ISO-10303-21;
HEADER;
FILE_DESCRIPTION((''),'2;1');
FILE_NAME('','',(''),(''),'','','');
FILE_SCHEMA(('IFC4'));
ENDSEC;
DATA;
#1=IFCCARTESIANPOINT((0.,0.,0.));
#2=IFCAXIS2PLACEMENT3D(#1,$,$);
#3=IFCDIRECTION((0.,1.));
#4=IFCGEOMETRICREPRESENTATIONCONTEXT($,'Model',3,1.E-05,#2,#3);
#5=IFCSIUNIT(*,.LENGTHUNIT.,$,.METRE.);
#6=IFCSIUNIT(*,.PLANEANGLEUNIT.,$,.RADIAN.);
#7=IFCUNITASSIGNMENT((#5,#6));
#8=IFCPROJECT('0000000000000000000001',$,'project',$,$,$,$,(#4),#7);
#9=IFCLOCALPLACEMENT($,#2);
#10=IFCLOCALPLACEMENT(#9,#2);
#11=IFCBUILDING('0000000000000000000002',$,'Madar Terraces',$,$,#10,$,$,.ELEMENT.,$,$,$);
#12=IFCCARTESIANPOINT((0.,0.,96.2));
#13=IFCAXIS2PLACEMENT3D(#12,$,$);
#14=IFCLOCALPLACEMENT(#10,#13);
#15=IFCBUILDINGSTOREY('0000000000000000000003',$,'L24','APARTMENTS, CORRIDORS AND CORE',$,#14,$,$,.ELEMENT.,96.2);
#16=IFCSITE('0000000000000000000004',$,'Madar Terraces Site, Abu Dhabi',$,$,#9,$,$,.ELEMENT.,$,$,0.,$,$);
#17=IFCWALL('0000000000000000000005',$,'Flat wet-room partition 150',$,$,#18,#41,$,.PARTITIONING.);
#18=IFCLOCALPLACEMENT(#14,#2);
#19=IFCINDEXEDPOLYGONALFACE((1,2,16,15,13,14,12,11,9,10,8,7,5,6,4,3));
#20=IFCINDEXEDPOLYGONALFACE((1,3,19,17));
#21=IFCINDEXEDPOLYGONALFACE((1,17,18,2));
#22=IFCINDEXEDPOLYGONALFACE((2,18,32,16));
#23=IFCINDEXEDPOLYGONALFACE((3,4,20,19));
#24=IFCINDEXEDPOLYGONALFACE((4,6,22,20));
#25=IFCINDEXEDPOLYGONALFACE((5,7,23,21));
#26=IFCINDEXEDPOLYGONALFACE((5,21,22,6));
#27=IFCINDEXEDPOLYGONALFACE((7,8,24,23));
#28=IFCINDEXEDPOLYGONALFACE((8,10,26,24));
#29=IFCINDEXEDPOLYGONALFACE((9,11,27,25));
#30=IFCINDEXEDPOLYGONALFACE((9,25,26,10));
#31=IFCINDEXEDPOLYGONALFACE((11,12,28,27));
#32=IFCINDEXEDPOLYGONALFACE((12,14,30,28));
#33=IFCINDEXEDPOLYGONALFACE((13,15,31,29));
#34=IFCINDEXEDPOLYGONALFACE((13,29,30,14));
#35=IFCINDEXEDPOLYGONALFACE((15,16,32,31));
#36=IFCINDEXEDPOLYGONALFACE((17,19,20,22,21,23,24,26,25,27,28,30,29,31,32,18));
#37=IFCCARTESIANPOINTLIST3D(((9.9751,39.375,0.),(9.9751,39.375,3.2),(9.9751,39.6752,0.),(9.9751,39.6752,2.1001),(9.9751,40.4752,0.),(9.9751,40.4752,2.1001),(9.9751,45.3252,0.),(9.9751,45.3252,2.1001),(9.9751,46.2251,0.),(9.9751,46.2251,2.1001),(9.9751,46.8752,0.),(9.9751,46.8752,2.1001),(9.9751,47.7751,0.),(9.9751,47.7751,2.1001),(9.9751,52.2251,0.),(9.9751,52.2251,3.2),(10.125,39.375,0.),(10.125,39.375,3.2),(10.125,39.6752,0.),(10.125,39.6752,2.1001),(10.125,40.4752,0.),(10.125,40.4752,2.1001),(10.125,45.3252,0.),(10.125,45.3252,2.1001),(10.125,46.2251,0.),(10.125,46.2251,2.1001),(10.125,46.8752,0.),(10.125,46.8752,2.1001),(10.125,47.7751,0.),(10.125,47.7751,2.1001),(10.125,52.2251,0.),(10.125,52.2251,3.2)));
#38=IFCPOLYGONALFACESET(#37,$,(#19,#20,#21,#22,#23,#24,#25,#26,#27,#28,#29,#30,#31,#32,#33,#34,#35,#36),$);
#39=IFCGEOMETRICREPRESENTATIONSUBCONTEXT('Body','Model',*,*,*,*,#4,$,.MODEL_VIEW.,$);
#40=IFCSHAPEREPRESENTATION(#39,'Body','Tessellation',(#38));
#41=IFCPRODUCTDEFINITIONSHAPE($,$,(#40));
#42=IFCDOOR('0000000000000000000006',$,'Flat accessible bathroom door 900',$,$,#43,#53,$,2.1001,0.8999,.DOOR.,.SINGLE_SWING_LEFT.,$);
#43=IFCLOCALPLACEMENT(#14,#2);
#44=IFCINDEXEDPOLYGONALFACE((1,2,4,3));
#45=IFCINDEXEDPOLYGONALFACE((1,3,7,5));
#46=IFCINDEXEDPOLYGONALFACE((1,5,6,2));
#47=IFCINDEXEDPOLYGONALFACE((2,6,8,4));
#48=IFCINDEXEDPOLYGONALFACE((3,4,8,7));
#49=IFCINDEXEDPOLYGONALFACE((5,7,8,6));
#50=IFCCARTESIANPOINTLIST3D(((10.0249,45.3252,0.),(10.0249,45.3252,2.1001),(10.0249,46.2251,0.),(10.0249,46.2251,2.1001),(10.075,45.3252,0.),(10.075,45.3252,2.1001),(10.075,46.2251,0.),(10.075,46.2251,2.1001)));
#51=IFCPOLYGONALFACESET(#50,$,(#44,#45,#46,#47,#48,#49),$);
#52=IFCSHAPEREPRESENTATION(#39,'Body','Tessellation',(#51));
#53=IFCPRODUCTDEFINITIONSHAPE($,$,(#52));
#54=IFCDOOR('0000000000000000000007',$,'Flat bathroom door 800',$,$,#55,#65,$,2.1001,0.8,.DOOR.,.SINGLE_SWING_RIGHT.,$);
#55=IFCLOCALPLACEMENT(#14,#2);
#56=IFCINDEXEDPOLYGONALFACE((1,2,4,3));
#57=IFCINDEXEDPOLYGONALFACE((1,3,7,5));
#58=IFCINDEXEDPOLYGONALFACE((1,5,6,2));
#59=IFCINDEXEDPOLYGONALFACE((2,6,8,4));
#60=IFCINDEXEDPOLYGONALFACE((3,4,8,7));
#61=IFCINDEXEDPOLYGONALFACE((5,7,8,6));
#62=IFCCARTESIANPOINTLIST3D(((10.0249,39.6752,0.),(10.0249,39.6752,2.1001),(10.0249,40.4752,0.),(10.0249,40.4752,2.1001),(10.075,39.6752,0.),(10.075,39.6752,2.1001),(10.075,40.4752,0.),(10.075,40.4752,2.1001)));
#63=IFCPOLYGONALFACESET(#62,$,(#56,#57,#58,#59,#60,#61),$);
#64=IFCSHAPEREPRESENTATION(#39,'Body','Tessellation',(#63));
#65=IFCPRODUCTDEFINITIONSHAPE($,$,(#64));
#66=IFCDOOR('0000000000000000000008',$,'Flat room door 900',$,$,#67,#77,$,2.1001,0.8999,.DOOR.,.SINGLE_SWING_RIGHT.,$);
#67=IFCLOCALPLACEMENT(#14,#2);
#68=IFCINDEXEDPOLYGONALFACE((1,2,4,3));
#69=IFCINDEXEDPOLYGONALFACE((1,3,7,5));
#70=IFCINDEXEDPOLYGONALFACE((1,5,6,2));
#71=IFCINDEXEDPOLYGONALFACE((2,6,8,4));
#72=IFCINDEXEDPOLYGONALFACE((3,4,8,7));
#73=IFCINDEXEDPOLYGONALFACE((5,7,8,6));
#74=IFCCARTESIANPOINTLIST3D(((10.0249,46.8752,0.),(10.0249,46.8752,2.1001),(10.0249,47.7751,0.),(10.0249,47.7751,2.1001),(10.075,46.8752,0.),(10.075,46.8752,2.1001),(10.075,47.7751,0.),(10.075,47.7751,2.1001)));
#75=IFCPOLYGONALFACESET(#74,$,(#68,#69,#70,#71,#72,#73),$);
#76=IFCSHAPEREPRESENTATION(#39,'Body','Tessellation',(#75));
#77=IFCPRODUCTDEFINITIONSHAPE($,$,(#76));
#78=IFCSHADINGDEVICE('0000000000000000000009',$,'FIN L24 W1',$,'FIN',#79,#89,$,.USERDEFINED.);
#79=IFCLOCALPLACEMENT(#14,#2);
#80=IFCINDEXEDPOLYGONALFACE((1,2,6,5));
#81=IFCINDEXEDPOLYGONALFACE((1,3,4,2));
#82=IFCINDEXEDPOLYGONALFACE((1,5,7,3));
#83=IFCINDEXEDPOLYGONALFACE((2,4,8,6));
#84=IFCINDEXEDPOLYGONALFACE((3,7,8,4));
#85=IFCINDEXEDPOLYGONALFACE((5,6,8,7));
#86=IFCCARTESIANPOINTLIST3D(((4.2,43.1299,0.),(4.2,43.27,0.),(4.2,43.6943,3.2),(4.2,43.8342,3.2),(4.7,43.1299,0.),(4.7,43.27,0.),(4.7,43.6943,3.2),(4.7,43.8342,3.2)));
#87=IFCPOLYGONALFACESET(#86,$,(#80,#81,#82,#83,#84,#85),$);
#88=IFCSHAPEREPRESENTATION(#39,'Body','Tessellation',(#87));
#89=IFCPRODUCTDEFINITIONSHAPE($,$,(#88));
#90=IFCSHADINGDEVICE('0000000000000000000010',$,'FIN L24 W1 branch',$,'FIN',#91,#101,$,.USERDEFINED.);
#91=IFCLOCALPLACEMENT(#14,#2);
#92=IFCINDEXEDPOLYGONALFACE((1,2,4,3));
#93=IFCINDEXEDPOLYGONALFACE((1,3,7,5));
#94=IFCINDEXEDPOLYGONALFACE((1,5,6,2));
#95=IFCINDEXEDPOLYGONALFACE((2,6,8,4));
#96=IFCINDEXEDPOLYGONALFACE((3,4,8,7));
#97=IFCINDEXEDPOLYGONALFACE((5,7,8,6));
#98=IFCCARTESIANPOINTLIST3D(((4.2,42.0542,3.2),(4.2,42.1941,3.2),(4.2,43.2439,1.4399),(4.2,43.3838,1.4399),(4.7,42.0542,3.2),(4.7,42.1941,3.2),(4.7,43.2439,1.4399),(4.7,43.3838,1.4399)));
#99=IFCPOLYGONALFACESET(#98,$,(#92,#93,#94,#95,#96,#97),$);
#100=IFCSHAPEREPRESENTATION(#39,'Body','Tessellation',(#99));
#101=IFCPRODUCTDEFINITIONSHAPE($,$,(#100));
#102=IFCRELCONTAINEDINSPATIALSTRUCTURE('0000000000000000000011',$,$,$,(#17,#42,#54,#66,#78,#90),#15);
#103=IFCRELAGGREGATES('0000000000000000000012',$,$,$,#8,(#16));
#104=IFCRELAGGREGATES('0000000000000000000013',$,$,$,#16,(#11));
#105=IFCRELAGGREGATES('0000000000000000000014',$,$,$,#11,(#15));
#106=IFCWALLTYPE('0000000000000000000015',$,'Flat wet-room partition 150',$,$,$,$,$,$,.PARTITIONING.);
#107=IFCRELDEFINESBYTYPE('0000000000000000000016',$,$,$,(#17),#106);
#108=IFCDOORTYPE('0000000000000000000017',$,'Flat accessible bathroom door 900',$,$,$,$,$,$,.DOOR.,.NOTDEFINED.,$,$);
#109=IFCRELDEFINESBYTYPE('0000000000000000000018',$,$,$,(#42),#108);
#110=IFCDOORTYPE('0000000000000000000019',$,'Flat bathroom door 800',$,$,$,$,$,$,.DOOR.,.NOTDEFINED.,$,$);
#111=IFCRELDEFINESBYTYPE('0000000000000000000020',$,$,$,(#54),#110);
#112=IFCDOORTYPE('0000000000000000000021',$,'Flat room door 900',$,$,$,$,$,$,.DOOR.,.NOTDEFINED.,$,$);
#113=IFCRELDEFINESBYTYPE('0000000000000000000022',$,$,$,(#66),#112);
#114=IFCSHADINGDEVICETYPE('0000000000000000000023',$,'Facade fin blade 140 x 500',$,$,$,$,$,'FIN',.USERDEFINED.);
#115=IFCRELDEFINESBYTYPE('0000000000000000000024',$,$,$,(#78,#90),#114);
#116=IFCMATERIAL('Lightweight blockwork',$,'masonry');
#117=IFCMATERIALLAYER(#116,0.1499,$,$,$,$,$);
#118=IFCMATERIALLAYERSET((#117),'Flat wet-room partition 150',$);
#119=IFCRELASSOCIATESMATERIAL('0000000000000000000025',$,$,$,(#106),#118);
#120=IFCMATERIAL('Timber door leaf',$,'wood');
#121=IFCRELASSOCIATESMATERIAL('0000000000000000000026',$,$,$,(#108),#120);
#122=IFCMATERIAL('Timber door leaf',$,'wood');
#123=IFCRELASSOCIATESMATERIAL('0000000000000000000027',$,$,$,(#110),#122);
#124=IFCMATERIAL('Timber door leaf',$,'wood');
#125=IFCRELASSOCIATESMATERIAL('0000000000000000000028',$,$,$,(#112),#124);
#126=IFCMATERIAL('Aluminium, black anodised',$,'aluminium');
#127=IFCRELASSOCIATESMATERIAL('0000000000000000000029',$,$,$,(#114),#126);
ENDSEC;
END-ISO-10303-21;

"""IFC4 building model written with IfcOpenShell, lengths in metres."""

from ifc_helpers import new_model, si_unit, direction, frame, frame_2d, origin, place, context, subcontext, project, spatial, polyline, rectangle, outline, extrude, material, layer, layer_set, type_object, element, fill, save


model = new_model("IFC4")

# Units and contexts
model_context = context("Model", 3, precision=1e-05, world=origin(), true_north=direction((0.0, 1.0)))
body_context = subcontext(model_context, "Body", "Model", "MODEL_VIEW")
ifc_project = project(units=[si_unit("LENGTHUNIT", "METRE"), si_unit("PLANEANGLEUNIT", "RADIAN")], contexts=[model_context])

# Site, building, storey
site_placement = place(None, origin())
site = spatial("IfcSite", under=ifc_project, at=site_placement, Name="Madar Terraces Site, Abu Dhabi", CompositionType="ELEMENT", RefElevation=0.0)
building_placement = place(site_placement, origin())
building = spatial("IfcBuilding", under=site, at=building_placement, Name="Madar Terraces", CompositionType="ELEMENT")
storey_placement = place(building_placement, frame((0.0, 0.0, 96.2)))
storey = spatial("IfcBuildingStorey", under=building, at=storey_placement, Name="L24", Description="APARTMENTS, CORRIDORS AND CORE", CompositionType="ELEMENT", Elevation=96.2)

# Shared definitions
ifc_material_1 = material(Name="Lightweight blockwork", Category="masonry")
ifc_layer_1 = layer(ifc_material_1, 0.1499)
ifc_layer_set_1 = layer_set([ifc_layer_1], Name="Flat wet-room partition 150")
wall_type_1 = type_object("IfcWallType", Name="Flat wet-room partition 150", PredefinedType="PARTITIONING", material=ifc_layer_set_1)

# Wall, openings, doors
wall_1_placement = place(storey_placement, frame((10.05, 52.2251, 0.0), z_axis=(0.0, 0.0, 1.0), x_axis=(0.0, -1.0, 0.0)))
wall_1 = element("IfcWall", 1, at=wall_1_placement, inside=storey, type_object=wall_type_1, Name="Flat wet-room partition 150", PredefinedType="PARTITIONING", context=body_context, shape_type="SweptSolid", body=[
    extrude(rectangle(XDim=12.8501, YDim=0.1499, at=frame_2d((6.425, 0.0))), origin(), (0.0, 0.0, 1.0), 3.2),
])
opening_1_placement = place(wall_1_placement, frame((11.75, 0.0, 0.0)))
opening_1 = element("IfcOpeningElement", 2, at=opening_1_placement, cuts=wall_1, PredefinedType="OPENING", context=body_context, shape_type="SweptSolid", body=[
    extrude(rectangle(XDim=0.8, YDim=2.1001, at=frame_2d((0.3999, 1.05))), frame((0.0, 0.085, 0.0), z_axis=(0.0, -1.0, 0.0), x_axis=(1.0, 0.0, 0.0)), (0.0, 0.0, 1.0), 0.1699),
])
opening_2_placement = place(wall_1_placement, frame((6.0, 0.0, 0.0)))
opening_2 = element("IfcOpeningElement", 3, at=opening_2_placement, cuts=wall_1, PredefinedType="OPENING", context=body_context, shape_type="SweptSolid", body=[
    extrude(rectangle(XDim=0.8999, YDim=2.1001, at=frame_2d((0.45, 1.05))), frame((0.0, 0.085, 0.0), z_axis=(0.0, -1.0, 0.0), x_axis=(1.0, 0.0, 0.0)), (0.0, 0.0, 1.0), 0.1699),
])
opening_3_placement = place(wall_1_placement, frame((4.45, 0.0, 0.0)))
opening_3 = element("IfcOpeningElement", 4, at=opening_3_placement, cuts=wall_1, PredefinedType="OPENING", context=body_context, shape_type="SweptSolid", body=[
    extrude(rectangle(XDim=0.8999, YDim=2.1001, at=frame_2d((0.45, 1.05))), frame((0.0, 0.085, 0.0), z_axis=(0.0, -1.0, 0.0), x_axis=(1.0, 0.0, 0.0)), (0.0, 0.0, 1.0), 0.1699),
])
ifc_material_2 = material(Name="Timber door leaf", Category="wood")
door_type_1 = type_object("IfcDoorType", Name="Flat accessible bathroom door 900", OperationType="NOTDEFINED", PredefinedType="DOOR", material=ifc_material_2)
door_1_placement = place(opening_2_placement, origin())
door_1 = element("IfcDoor", 5, at=door_1_placement, inside=storey, type_object=door_type_1, Name="Flat accessible bathroom door 900", OperationType="SINGLE_SWING_LEFT", OverallHeight=2.1001, OverallWidth=0.8999, PredefinedType="DOOR", context=body_context, shape_type="SweptSolid", body=[
    extrude(rectangle(XDim=0.8999, YDim=2.1001, at=frame_2d((0.45, 1.05))), frame((0.0, 0.0249, 0.0), z_axis=(0.0, -1.0, 0.0), x_axis=(1.0, 0.0, 0.0)), (0.0, 0.0, 1.0), 0.05),
])
fill(opening_2, door_1)
ifc_material_3 = material(Name="Timber door leaf", Category="wood")
door_type_2 = type_object("IfcDoorType", Name="Flat bathroom door 800", OperationType="NOTDEFINED", PredefinedType="DOOR", material=ifc_material_3)
door_2_placement = place(opening_1_placement, origin())
door_2 = element("IfcDoor", 6, at=door_2_placement, inside=storey, type_object=door_type_2, Name="Flat bathroom door 800", OperationType="SINGLE_SWING_RIGHT", OverallHeight=2.1001, OverallWidth=0.8, PredefinedType="DOOR", context=body_context, shape_type="SweptSolid", body=[
    extrude(rectangle(XDim=0.8, YDim=2.1001, at=frame_2d((0.3999, 1.05))), frame((0.0, 0.0249, 0.0), z_axis=(0.0, -1.0, 0.0), x_axis=(1.0, 0.0, 0.0)), (0.0, 0.0, 1.0), 0.05),
])
fill(opening_1, door_2)
ifc_material_4 = material(Name="Timber door leaf", Category="wood")
door_type_3 = type_object("IfcDoorType", Name="Flat room door 900", OperationType="NOTDEFINED", PredefinedType="DOOR", material=ifc_material_4)
door_3_placement = place(opening_3_placement, origin())
door_3 = element("IfcDoor", 7, at=door_3_placement, inside=storey, type_object=door_type_3, Name="Flat room door 900", OperationType="SINGLE_SWING_RIGHT", OverallHeight=2.1001, OverallWidth=0.8999, PredefinedType="DOOR", context=body_context, shape_type="SweptSolid", body=[
    extrude(rectangle(XDim=0.8999, YDim=2.1001, at=frame_2d((0.45, 1.05))), frame((0.0, 0.0249, 0.0), z_axis=(0.0, -1.0, 0.0), x_axis=(1.0, 0.0, 0.0)), (0.0, 0.0, 1.0), 0.05),
])
fill(opening_3, door_3)

# Shading devices
ifc_material_5 = material(Name="Aluminium, black anodised", Category="aluminium")
shading_device_type = type_object("IfcShadingDeviceType", Name="Facade fin blade 140 x 500", ElementType="FIN", PredefinedType="USERDEFINED", material=ifc_material_5)
shading_device_1_placement = place(storey_placement, frame((4.45, 43.27, 0.0), z_axis=(0.0, 0.0, 1.0), x_axis=(0.0, -1.0, 0.0)))
element("IfcShadingDevice", 8, at=shading_device_1_placement, inside=storey, type_object=shading_device_type, Name="FIN L24 W1", ObjectType="FIN", PredefinedType="USERDEFINED", context=body_context, shape_type="SweptSolid", body=[
    extrude(outline(polyline([(0.0, 0.0), (0.1401, 0.0), (-0.4243, 3.2), (-0.5642, 3.2), (0.0, 0.0)])), frame((0.0, 0.25, 0.0), z_axis=(0.0, -1.0, 0.0), x_axis=(1.0, 0.0, 0.0)), (0.0, 0.0, 1.0), 0.5),
])
shading_device_2_placement = place(storey_placement, frame((4.45, 43.3838, 1.4399), z_axis=(0.0, 0.0, 1.0), x_axis=(0.0, -1.0, 0.0)))
element("IfcShadingDevice", 9, at=shading_device_2_placement, inside=storey, type_object=shading_device_type, Name="FIN L24 W1 branch", ObjectType="FIN", PredefinedType="USERDEFINED", context=body_context, shape_type="SweptSolid", body=[
    extrude(outline(polyline([(0.0, 0.0), (0.1399, 0.0), (1.3296, 1.76), (1.1897, 1.76), (0.0, 0.0)])), frame((0.0, 0.25, 0.0), z_axis=(0.0, -1.0, 0.0), x_axis=(1.0, 0.0, 0.0)), (0.0, 0.0, 1.0), 0.5),
])

save(model, "model.ifc")
